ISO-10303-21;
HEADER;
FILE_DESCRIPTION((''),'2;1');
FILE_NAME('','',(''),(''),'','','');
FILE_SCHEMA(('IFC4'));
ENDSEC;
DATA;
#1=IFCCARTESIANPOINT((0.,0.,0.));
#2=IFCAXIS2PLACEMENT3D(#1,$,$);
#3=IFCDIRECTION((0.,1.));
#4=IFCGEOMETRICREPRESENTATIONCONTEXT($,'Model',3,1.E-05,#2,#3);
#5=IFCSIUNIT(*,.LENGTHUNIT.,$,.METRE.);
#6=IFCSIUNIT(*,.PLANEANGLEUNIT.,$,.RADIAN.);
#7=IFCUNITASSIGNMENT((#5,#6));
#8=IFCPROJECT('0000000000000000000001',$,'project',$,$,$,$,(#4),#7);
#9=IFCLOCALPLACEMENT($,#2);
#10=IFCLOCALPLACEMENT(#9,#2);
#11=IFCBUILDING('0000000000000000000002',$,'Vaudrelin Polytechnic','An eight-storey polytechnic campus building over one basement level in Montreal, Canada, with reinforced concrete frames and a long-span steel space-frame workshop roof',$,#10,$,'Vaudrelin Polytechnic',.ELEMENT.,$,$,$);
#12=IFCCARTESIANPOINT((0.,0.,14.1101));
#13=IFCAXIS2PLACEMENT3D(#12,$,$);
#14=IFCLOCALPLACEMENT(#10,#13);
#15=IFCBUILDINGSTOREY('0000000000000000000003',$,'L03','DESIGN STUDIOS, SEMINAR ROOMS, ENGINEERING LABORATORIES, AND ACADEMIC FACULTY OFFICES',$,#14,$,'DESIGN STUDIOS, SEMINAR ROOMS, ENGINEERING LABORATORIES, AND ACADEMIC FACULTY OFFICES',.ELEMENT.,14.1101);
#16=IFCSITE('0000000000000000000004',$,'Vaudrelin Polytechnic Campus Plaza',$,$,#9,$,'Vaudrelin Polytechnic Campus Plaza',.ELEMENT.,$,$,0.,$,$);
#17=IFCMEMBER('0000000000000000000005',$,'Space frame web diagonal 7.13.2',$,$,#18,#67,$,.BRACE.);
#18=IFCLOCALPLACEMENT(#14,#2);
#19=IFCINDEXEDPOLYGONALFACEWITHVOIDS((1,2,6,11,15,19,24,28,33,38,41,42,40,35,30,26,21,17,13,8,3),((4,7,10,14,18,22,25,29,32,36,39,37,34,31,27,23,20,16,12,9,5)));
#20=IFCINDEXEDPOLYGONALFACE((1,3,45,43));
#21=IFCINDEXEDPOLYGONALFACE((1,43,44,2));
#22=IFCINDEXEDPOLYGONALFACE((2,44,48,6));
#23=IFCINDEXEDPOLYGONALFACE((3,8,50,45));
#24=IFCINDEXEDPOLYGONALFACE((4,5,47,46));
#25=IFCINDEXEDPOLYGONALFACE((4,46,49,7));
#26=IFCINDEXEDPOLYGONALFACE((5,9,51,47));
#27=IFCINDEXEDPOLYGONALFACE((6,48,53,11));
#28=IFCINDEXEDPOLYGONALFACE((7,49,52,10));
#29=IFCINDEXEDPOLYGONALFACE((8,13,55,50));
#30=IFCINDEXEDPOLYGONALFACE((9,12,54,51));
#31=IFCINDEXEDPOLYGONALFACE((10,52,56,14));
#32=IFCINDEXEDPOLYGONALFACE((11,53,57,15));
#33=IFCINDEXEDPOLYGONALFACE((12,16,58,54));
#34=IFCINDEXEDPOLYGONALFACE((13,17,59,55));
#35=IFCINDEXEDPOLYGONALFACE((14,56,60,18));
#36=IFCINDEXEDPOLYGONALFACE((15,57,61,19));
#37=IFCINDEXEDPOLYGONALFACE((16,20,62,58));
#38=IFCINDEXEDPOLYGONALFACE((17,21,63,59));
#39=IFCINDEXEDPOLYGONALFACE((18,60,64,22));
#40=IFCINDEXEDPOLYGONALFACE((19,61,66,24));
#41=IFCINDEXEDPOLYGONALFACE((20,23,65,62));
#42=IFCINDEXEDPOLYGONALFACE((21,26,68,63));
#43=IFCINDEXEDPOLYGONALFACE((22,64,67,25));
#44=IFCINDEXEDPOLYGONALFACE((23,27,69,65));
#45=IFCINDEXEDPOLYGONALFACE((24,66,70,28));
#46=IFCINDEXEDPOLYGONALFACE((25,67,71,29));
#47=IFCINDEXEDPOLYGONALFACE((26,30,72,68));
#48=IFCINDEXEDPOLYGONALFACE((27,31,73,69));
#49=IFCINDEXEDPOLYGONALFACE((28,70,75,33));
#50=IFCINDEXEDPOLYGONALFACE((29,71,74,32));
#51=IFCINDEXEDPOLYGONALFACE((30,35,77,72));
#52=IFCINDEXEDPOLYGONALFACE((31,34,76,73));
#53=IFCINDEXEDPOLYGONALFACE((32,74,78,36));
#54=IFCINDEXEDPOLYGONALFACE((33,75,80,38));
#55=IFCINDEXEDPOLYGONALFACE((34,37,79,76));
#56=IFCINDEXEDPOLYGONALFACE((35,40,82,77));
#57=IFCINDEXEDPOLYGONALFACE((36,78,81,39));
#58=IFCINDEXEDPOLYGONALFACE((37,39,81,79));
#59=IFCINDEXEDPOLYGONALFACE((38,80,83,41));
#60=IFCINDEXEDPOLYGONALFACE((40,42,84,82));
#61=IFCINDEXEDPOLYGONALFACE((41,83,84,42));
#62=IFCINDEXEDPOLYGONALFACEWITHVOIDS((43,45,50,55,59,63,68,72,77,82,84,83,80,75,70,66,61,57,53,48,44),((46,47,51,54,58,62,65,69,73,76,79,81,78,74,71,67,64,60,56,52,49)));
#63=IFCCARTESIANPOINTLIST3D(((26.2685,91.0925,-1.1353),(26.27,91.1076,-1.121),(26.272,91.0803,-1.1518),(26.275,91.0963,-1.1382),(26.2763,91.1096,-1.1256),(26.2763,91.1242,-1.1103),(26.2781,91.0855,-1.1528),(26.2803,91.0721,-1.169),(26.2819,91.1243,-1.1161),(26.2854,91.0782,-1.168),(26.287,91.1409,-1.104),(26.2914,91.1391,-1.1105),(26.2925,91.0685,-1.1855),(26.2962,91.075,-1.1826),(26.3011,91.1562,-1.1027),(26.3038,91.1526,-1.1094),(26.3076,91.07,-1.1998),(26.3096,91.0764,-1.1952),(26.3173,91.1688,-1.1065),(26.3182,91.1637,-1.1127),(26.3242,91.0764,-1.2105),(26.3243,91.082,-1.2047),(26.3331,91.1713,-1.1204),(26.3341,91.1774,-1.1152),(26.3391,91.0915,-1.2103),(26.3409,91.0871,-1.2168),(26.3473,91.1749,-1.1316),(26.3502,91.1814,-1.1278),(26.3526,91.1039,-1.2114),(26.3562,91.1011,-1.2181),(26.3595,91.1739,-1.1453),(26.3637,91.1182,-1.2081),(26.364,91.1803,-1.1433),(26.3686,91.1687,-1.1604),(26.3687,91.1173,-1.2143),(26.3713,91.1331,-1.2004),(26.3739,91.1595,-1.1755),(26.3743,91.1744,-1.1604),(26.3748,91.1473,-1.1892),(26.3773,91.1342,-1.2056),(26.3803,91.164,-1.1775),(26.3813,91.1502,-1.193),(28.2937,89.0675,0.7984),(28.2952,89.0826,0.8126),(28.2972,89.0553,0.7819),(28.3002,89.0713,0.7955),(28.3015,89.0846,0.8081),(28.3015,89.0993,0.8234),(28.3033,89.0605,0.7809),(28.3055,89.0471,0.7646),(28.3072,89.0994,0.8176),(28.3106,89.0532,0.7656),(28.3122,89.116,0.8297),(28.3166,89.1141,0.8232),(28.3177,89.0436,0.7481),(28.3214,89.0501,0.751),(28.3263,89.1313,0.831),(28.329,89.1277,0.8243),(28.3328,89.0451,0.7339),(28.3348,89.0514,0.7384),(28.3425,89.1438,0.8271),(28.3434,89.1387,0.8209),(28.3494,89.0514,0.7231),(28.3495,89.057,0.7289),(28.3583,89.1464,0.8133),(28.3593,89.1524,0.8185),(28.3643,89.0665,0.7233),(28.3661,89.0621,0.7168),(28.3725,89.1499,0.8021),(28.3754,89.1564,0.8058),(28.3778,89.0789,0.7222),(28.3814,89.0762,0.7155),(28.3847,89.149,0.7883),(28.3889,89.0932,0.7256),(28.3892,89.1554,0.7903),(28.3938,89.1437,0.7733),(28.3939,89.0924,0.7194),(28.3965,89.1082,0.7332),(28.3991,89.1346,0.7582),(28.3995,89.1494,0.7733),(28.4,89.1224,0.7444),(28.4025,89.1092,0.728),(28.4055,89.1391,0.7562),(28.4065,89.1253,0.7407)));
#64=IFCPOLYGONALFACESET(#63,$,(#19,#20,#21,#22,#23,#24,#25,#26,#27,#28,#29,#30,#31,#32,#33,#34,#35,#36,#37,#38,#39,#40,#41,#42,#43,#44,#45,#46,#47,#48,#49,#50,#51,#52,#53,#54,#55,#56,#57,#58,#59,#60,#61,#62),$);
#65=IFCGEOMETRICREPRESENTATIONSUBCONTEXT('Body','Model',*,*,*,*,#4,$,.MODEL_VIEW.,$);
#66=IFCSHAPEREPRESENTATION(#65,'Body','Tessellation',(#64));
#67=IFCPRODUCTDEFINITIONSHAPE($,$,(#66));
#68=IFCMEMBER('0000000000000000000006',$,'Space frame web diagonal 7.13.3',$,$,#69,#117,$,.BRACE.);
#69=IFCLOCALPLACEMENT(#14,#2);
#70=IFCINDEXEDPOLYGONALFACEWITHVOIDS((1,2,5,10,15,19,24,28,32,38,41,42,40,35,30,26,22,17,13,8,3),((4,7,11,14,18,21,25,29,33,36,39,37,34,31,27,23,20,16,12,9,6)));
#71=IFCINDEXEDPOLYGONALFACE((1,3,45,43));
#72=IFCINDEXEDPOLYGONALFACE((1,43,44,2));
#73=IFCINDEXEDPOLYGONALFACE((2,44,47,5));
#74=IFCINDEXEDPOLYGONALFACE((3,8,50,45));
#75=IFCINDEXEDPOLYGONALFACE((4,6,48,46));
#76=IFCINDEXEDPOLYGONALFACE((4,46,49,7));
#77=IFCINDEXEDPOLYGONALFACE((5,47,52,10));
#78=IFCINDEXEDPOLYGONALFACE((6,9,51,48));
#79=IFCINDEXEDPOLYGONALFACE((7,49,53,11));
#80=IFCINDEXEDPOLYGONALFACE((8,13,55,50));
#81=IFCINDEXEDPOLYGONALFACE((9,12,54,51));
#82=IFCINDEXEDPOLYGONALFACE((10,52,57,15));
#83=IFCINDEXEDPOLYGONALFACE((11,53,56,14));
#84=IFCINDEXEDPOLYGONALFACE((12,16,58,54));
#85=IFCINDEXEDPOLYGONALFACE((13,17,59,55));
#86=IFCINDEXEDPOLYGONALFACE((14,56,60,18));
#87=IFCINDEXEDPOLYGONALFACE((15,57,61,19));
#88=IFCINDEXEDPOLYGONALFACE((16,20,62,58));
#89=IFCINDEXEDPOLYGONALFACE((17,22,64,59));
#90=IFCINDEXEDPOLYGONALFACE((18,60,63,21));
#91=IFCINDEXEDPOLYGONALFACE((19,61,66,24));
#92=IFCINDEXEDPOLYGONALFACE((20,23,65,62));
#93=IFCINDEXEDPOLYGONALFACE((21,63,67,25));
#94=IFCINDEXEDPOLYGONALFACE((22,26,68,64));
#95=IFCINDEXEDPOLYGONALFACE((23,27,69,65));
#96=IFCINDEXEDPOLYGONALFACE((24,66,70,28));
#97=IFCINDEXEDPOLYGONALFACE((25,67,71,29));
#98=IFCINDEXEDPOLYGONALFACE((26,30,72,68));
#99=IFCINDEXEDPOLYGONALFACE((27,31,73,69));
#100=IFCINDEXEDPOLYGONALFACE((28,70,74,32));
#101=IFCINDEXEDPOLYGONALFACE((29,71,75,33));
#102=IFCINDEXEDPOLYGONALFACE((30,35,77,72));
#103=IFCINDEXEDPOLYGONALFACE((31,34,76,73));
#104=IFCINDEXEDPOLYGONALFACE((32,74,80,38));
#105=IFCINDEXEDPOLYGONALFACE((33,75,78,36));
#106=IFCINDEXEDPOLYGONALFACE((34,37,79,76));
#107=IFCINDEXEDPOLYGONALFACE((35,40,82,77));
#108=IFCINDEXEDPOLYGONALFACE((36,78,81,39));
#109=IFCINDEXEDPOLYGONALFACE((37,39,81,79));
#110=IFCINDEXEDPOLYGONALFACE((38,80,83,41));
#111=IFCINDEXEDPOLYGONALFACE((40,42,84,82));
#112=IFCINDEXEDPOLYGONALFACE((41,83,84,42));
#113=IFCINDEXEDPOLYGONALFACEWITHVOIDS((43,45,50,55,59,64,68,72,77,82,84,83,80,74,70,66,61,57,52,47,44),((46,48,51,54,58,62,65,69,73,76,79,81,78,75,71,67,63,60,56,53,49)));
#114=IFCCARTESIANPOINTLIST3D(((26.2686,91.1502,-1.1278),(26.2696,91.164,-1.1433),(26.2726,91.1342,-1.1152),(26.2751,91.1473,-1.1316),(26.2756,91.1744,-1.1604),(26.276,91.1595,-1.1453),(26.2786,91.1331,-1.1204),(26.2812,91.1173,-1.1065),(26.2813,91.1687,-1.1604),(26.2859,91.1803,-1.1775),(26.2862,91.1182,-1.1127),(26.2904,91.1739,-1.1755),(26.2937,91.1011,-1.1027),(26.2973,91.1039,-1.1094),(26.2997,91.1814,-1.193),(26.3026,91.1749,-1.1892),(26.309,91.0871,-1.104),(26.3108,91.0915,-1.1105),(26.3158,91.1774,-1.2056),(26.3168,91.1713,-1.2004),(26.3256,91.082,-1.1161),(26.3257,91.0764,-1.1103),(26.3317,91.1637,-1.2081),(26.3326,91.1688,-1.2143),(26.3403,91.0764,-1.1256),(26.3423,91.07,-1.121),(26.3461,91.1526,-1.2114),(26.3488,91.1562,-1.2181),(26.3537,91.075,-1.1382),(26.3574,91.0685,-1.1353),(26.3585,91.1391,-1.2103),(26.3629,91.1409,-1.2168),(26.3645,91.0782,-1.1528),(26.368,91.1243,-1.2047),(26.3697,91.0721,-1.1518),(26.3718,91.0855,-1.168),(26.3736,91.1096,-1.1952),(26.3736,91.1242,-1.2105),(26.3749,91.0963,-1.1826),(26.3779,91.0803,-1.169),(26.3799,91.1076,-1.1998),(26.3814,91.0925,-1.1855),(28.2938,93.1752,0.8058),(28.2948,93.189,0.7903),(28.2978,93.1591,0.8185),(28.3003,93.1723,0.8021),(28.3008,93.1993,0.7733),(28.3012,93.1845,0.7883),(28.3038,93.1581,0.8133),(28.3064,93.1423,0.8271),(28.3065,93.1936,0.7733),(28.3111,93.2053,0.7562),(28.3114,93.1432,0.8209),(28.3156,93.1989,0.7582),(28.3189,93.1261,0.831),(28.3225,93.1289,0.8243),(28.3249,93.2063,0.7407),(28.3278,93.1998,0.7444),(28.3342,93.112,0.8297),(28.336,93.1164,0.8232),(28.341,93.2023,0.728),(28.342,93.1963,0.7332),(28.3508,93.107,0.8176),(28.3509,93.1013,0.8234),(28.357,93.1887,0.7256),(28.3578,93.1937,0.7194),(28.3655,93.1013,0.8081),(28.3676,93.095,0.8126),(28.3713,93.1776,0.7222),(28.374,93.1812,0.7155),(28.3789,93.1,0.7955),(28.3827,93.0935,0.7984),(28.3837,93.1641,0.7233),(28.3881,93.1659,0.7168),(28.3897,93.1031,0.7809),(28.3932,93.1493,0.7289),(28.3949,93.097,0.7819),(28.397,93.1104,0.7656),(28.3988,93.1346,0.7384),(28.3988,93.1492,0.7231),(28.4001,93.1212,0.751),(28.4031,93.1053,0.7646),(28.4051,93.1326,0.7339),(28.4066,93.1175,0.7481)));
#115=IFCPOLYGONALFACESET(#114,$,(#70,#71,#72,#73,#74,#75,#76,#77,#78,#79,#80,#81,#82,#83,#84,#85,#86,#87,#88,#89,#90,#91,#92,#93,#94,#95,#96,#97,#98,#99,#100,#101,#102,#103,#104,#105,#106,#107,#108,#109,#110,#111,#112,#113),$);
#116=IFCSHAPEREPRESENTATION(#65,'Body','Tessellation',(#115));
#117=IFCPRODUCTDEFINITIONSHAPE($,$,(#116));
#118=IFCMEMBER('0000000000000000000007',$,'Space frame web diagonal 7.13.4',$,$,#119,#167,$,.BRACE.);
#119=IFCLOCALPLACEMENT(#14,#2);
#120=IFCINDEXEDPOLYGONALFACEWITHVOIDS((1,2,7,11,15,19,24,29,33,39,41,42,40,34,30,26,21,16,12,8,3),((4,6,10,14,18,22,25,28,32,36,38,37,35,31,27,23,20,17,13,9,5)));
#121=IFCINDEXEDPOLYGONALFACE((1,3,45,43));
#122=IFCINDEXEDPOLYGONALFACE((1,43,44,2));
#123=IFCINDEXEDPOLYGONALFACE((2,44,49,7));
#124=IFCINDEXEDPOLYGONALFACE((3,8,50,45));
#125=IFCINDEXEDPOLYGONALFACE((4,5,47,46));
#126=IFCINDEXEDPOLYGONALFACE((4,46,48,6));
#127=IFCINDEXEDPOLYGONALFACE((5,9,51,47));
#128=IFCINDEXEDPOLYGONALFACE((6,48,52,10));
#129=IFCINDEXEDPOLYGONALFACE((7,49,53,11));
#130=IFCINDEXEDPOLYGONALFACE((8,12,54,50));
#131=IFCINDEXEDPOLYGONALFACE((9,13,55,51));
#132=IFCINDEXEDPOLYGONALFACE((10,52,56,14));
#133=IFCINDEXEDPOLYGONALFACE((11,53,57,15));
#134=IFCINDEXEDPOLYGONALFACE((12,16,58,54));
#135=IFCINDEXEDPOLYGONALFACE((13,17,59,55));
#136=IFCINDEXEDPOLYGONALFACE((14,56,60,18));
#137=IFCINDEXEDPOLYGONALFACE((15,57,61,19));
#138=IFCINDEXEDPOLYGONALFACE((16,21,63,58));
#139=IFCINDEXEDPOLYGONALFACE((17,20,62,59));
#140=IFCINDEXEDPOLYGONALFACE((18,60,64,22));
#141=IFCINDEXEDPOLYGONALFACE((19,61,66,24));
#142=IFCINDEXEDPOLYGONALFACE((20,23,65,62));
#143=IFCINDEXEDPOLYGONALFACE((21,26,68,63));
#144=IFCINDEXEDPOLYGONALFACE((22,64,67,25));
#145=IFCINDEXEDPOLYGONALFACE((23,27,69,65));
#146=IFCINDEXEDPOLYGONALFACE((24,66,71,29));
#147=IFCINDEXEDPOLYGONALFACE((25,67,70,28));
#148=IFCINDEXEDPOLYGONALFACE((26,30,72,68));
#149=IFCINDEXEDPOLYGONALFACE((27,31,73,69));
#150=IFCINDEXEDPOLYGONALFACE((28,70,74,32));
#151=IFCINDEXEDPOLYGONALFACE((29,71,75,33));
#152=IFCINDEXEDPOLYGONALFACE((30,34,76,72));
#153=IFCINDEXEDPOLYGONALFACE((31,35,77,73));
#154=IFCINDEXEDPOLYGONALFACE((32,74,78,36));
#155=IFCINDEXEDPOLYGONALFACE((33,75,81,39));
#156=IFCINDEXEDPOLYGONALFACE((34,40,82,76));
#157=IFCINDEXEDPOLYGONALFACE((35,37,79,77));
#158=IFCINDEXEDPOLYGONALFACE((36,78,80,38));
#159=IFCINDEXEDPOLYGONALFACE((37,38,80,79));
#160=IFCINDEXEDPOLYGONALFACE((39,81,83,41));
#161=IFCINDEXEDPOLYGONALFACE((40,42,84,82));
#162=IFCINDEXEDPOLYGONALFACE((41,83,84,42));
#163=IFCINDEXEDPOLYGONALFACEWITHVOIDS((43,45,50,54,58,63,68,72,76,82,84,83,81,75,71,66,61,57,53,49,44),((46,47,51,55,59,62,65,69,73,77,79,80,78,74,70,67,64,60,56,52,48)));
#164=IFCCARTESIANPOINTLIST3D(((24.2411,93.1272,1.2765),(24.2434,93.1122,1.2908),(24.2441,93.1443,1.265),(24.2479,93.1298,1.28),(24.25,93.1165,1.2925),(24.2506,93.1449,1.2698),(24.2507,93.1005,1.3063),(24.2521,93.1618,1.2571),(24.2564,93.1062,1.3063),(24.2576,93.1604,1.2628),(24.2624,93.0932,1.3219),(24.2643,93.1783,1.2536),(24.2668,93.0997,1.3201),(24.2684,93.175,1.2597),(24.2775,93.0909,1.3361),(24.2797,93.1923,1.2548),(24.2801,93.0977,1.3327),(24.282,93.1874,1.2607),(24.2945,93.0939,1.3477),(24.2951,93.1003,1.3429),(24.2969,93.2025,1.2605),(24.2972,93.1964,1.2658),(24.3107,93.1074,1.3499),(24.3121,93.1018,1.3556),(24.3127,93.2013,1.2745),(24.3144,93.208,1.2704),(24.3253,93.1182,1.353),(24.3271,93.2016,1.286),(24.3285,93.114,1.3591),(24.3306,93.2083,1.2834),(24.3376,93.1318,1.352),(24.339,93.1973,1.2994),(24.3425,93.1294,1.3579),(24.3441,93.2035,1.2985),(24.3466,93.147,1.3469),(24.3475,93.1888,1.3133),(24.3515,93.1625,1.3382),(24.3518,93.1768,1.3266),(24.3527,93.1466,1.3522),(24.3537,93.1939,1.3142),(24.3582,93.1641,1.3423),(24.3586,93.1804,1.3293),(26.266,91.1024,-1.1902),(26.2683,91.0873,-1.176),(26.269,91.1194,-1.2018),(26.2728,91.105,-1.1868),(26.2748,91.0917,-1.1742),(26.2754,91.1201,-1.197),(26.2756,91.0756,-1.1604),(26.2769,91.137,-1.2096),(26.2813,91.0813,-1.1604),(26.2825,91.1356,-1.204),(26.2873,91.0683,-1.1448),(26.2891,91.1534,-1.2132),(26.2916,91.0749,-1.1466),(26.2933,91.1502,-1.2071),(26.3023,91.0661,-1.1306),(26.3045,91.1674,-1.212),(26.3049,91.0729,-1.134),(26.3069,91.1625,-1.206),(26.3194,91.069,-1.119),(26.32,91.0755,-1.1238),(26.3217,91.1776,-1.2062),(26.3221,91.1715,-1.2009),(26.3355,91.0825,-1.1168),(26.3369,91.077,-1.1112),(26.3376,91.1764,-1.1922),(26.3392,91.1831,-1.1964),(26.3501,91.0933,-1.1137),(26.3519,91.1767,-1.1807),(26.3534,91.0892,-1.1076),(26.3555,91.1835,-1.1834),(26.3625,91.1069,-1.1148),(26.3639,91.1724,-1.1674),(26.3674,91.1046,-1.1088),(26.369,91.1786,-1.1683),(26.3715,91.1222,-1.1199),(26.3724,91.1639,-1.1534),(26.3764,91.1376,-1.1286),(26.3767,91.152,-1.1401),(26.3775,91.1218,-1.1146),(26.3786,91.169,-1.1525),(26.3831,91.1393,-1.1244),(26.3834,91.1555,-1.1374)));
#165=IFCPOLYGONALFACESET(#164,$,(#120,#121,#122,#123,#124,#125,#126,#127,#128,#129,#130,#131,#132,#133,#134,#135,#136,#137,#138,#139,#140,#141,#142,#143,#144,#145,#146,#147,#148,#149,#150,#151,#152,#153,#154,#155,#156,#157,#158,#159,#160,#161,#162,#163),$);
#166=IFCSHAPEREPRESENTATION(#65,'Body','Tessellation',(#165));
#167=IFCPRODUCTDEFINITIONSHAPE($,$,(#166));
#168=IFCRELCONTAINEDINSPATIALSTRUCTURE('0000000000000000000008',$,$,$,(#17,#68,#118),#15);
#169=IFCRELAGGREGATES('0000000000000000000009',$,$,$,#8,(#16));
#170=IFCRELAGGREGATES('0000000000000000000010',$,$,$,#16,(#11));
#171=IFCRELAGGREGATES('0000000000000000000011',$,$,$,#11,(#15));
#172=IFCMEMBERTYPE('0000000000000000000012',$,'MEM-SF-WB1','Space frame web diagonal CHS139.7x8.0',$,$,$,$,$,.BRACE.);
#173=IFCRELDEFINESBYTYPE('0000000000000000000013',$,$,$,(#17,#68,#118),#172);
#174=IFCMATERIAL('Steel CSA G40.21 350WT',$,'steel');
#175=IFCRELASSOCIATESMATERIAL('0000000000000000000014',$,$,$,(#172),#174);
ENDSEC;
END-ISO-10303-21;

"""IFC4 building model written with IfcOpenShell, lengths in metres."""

from ifc_helpers import new_model, si_unit, direction, frame, origin, origin_2d, place, context, subcontext, project, spatial, hollow_circle, extrude, material, material_profile, profile_set, type_object, element, save


model = new_model("IFC4")

# Units and contexts
model_context = context("Model", 3, precision=1e-05, world=origin(), true_north=direction((0.0, 1.0)))
body_context = subcontext(model_context, "Body", "Model", "MODEL_VIEW")
ifc_project = project(units=[si_unit("LENGTHUNIT", "METRE"), si_unit("PLANEANGLEUNIT", "RADIAN")], contexts=[model_context])

# Site, building, storey
site_placement = place(None, origin())
site = spatial("IfcSite", under=ifc_project, at=site_placement, Name="Vaudrelin Polytechnic Campus Plaza", LongName="Vaudrelin Polytechnic Campus Plaza", CompositionType="ELEMENT", RefElevation=0.0)
building_placement = place(site_placement, origin())
building = spatial("IfcBuilding", under=site, at=building_placement, Name="Vaudrelin Polytechnic", Description="An eight-storey polytechnic campus building over one basement level in Montreal, Canada, with reinforced concrete frames and a long-span steel space-frame workshop roof", LongName="Vaudrelin Polytechnic", CompositionType="ELEMENT")
storey_placement = place(building_placement, frame((0.0, 0.0, 14.1101)))
storey = spatial("IfcBuildingStorey", under=building, at=storey_placement, Name="L03", Description="DESIGN STUDIOS, SEMINAR ROOMS, ENGINEERING LABORATORIES, AND ACADEMIC FACULTY OFFICES", LongName="DESIGN STUDIOS, SEMINAR ROOMS, ENGINEERING LABORATORIES, AND ACADEMIC FACULTY OFFICES", CompositionType="ELEMENT", Elevation=14.1101)

# Members
ifc_material = material(Name="Steel CSA G40.21 350WT", Category="steel")
ifc_material_profile_1 = material_profile(ifc_material, hollow_circle(Radius=0.0698, WallThickness=0.0081, at=origin_2d()), Name="CHS139.7x8.0")
ifc_profile_set_1 = profile_set([ifc_material_profile_1], Name="Steel CSA G40.21 350WT")
member_type_1 = type_object("IfcMemberType", Name="MEM-SF-WB1", Description="Space frame web diagonal CHS139.7x8.0", PredefinedType="BRACE", material=ifc_profile_set_1)
for number, where, z_axis, x_axis, name in (
    (1, (26.325, 91.125, -1.1604), (0.586071, -0.586, 0.559576), (0.707064, 0.707149, 0.0), "Space frame web diagonal 7.13.2"),
    (2, (26.325, 91.125, -1.1604), (0.586071, 0.586, 0.559576), (-0.707064, 0.707149, 0.0), "Space frame web diagonal 7.13.3"),
):
    element("IfcMember", number, at=place(storey_placement, frame(where, z_axis=z_axis, x_axis=x_axis)), inside=storey, type_object=member_type_1, Name=name, PredefinedType="BRACE", context=body_context, shape_type="SweptSolid", body=[
        extrude(hollow_circle(Radius=0.0698, WallThickness=0.0081, at=origin_2d()), origin(), (0.0, 0.0, 1.0), 3.4556),
    ])
member_1_placement = place(storey_placement, frame((26.325, 91.125, -1.1604), z_axis=(-0.535742, 0.535742, 0.652657), x_axis=(-0.707107, -0.707107, 0.0)))
element("IfcMember", 3, at=member_1_placement, inside=storey, type_object=member_type_1, Name="Space frame web diagonal 7.13.4", PredefinedType="BRACE", context=body_context, shape_type="SweptSolid", body=[
    extrude(hollow_circle(Radius=0.0698, WallThickness=0.0081, at=origin_2d()), origin(), (0.0, 0.0, 1.0), 3.7795),
])

save(model, "model.ifc")
